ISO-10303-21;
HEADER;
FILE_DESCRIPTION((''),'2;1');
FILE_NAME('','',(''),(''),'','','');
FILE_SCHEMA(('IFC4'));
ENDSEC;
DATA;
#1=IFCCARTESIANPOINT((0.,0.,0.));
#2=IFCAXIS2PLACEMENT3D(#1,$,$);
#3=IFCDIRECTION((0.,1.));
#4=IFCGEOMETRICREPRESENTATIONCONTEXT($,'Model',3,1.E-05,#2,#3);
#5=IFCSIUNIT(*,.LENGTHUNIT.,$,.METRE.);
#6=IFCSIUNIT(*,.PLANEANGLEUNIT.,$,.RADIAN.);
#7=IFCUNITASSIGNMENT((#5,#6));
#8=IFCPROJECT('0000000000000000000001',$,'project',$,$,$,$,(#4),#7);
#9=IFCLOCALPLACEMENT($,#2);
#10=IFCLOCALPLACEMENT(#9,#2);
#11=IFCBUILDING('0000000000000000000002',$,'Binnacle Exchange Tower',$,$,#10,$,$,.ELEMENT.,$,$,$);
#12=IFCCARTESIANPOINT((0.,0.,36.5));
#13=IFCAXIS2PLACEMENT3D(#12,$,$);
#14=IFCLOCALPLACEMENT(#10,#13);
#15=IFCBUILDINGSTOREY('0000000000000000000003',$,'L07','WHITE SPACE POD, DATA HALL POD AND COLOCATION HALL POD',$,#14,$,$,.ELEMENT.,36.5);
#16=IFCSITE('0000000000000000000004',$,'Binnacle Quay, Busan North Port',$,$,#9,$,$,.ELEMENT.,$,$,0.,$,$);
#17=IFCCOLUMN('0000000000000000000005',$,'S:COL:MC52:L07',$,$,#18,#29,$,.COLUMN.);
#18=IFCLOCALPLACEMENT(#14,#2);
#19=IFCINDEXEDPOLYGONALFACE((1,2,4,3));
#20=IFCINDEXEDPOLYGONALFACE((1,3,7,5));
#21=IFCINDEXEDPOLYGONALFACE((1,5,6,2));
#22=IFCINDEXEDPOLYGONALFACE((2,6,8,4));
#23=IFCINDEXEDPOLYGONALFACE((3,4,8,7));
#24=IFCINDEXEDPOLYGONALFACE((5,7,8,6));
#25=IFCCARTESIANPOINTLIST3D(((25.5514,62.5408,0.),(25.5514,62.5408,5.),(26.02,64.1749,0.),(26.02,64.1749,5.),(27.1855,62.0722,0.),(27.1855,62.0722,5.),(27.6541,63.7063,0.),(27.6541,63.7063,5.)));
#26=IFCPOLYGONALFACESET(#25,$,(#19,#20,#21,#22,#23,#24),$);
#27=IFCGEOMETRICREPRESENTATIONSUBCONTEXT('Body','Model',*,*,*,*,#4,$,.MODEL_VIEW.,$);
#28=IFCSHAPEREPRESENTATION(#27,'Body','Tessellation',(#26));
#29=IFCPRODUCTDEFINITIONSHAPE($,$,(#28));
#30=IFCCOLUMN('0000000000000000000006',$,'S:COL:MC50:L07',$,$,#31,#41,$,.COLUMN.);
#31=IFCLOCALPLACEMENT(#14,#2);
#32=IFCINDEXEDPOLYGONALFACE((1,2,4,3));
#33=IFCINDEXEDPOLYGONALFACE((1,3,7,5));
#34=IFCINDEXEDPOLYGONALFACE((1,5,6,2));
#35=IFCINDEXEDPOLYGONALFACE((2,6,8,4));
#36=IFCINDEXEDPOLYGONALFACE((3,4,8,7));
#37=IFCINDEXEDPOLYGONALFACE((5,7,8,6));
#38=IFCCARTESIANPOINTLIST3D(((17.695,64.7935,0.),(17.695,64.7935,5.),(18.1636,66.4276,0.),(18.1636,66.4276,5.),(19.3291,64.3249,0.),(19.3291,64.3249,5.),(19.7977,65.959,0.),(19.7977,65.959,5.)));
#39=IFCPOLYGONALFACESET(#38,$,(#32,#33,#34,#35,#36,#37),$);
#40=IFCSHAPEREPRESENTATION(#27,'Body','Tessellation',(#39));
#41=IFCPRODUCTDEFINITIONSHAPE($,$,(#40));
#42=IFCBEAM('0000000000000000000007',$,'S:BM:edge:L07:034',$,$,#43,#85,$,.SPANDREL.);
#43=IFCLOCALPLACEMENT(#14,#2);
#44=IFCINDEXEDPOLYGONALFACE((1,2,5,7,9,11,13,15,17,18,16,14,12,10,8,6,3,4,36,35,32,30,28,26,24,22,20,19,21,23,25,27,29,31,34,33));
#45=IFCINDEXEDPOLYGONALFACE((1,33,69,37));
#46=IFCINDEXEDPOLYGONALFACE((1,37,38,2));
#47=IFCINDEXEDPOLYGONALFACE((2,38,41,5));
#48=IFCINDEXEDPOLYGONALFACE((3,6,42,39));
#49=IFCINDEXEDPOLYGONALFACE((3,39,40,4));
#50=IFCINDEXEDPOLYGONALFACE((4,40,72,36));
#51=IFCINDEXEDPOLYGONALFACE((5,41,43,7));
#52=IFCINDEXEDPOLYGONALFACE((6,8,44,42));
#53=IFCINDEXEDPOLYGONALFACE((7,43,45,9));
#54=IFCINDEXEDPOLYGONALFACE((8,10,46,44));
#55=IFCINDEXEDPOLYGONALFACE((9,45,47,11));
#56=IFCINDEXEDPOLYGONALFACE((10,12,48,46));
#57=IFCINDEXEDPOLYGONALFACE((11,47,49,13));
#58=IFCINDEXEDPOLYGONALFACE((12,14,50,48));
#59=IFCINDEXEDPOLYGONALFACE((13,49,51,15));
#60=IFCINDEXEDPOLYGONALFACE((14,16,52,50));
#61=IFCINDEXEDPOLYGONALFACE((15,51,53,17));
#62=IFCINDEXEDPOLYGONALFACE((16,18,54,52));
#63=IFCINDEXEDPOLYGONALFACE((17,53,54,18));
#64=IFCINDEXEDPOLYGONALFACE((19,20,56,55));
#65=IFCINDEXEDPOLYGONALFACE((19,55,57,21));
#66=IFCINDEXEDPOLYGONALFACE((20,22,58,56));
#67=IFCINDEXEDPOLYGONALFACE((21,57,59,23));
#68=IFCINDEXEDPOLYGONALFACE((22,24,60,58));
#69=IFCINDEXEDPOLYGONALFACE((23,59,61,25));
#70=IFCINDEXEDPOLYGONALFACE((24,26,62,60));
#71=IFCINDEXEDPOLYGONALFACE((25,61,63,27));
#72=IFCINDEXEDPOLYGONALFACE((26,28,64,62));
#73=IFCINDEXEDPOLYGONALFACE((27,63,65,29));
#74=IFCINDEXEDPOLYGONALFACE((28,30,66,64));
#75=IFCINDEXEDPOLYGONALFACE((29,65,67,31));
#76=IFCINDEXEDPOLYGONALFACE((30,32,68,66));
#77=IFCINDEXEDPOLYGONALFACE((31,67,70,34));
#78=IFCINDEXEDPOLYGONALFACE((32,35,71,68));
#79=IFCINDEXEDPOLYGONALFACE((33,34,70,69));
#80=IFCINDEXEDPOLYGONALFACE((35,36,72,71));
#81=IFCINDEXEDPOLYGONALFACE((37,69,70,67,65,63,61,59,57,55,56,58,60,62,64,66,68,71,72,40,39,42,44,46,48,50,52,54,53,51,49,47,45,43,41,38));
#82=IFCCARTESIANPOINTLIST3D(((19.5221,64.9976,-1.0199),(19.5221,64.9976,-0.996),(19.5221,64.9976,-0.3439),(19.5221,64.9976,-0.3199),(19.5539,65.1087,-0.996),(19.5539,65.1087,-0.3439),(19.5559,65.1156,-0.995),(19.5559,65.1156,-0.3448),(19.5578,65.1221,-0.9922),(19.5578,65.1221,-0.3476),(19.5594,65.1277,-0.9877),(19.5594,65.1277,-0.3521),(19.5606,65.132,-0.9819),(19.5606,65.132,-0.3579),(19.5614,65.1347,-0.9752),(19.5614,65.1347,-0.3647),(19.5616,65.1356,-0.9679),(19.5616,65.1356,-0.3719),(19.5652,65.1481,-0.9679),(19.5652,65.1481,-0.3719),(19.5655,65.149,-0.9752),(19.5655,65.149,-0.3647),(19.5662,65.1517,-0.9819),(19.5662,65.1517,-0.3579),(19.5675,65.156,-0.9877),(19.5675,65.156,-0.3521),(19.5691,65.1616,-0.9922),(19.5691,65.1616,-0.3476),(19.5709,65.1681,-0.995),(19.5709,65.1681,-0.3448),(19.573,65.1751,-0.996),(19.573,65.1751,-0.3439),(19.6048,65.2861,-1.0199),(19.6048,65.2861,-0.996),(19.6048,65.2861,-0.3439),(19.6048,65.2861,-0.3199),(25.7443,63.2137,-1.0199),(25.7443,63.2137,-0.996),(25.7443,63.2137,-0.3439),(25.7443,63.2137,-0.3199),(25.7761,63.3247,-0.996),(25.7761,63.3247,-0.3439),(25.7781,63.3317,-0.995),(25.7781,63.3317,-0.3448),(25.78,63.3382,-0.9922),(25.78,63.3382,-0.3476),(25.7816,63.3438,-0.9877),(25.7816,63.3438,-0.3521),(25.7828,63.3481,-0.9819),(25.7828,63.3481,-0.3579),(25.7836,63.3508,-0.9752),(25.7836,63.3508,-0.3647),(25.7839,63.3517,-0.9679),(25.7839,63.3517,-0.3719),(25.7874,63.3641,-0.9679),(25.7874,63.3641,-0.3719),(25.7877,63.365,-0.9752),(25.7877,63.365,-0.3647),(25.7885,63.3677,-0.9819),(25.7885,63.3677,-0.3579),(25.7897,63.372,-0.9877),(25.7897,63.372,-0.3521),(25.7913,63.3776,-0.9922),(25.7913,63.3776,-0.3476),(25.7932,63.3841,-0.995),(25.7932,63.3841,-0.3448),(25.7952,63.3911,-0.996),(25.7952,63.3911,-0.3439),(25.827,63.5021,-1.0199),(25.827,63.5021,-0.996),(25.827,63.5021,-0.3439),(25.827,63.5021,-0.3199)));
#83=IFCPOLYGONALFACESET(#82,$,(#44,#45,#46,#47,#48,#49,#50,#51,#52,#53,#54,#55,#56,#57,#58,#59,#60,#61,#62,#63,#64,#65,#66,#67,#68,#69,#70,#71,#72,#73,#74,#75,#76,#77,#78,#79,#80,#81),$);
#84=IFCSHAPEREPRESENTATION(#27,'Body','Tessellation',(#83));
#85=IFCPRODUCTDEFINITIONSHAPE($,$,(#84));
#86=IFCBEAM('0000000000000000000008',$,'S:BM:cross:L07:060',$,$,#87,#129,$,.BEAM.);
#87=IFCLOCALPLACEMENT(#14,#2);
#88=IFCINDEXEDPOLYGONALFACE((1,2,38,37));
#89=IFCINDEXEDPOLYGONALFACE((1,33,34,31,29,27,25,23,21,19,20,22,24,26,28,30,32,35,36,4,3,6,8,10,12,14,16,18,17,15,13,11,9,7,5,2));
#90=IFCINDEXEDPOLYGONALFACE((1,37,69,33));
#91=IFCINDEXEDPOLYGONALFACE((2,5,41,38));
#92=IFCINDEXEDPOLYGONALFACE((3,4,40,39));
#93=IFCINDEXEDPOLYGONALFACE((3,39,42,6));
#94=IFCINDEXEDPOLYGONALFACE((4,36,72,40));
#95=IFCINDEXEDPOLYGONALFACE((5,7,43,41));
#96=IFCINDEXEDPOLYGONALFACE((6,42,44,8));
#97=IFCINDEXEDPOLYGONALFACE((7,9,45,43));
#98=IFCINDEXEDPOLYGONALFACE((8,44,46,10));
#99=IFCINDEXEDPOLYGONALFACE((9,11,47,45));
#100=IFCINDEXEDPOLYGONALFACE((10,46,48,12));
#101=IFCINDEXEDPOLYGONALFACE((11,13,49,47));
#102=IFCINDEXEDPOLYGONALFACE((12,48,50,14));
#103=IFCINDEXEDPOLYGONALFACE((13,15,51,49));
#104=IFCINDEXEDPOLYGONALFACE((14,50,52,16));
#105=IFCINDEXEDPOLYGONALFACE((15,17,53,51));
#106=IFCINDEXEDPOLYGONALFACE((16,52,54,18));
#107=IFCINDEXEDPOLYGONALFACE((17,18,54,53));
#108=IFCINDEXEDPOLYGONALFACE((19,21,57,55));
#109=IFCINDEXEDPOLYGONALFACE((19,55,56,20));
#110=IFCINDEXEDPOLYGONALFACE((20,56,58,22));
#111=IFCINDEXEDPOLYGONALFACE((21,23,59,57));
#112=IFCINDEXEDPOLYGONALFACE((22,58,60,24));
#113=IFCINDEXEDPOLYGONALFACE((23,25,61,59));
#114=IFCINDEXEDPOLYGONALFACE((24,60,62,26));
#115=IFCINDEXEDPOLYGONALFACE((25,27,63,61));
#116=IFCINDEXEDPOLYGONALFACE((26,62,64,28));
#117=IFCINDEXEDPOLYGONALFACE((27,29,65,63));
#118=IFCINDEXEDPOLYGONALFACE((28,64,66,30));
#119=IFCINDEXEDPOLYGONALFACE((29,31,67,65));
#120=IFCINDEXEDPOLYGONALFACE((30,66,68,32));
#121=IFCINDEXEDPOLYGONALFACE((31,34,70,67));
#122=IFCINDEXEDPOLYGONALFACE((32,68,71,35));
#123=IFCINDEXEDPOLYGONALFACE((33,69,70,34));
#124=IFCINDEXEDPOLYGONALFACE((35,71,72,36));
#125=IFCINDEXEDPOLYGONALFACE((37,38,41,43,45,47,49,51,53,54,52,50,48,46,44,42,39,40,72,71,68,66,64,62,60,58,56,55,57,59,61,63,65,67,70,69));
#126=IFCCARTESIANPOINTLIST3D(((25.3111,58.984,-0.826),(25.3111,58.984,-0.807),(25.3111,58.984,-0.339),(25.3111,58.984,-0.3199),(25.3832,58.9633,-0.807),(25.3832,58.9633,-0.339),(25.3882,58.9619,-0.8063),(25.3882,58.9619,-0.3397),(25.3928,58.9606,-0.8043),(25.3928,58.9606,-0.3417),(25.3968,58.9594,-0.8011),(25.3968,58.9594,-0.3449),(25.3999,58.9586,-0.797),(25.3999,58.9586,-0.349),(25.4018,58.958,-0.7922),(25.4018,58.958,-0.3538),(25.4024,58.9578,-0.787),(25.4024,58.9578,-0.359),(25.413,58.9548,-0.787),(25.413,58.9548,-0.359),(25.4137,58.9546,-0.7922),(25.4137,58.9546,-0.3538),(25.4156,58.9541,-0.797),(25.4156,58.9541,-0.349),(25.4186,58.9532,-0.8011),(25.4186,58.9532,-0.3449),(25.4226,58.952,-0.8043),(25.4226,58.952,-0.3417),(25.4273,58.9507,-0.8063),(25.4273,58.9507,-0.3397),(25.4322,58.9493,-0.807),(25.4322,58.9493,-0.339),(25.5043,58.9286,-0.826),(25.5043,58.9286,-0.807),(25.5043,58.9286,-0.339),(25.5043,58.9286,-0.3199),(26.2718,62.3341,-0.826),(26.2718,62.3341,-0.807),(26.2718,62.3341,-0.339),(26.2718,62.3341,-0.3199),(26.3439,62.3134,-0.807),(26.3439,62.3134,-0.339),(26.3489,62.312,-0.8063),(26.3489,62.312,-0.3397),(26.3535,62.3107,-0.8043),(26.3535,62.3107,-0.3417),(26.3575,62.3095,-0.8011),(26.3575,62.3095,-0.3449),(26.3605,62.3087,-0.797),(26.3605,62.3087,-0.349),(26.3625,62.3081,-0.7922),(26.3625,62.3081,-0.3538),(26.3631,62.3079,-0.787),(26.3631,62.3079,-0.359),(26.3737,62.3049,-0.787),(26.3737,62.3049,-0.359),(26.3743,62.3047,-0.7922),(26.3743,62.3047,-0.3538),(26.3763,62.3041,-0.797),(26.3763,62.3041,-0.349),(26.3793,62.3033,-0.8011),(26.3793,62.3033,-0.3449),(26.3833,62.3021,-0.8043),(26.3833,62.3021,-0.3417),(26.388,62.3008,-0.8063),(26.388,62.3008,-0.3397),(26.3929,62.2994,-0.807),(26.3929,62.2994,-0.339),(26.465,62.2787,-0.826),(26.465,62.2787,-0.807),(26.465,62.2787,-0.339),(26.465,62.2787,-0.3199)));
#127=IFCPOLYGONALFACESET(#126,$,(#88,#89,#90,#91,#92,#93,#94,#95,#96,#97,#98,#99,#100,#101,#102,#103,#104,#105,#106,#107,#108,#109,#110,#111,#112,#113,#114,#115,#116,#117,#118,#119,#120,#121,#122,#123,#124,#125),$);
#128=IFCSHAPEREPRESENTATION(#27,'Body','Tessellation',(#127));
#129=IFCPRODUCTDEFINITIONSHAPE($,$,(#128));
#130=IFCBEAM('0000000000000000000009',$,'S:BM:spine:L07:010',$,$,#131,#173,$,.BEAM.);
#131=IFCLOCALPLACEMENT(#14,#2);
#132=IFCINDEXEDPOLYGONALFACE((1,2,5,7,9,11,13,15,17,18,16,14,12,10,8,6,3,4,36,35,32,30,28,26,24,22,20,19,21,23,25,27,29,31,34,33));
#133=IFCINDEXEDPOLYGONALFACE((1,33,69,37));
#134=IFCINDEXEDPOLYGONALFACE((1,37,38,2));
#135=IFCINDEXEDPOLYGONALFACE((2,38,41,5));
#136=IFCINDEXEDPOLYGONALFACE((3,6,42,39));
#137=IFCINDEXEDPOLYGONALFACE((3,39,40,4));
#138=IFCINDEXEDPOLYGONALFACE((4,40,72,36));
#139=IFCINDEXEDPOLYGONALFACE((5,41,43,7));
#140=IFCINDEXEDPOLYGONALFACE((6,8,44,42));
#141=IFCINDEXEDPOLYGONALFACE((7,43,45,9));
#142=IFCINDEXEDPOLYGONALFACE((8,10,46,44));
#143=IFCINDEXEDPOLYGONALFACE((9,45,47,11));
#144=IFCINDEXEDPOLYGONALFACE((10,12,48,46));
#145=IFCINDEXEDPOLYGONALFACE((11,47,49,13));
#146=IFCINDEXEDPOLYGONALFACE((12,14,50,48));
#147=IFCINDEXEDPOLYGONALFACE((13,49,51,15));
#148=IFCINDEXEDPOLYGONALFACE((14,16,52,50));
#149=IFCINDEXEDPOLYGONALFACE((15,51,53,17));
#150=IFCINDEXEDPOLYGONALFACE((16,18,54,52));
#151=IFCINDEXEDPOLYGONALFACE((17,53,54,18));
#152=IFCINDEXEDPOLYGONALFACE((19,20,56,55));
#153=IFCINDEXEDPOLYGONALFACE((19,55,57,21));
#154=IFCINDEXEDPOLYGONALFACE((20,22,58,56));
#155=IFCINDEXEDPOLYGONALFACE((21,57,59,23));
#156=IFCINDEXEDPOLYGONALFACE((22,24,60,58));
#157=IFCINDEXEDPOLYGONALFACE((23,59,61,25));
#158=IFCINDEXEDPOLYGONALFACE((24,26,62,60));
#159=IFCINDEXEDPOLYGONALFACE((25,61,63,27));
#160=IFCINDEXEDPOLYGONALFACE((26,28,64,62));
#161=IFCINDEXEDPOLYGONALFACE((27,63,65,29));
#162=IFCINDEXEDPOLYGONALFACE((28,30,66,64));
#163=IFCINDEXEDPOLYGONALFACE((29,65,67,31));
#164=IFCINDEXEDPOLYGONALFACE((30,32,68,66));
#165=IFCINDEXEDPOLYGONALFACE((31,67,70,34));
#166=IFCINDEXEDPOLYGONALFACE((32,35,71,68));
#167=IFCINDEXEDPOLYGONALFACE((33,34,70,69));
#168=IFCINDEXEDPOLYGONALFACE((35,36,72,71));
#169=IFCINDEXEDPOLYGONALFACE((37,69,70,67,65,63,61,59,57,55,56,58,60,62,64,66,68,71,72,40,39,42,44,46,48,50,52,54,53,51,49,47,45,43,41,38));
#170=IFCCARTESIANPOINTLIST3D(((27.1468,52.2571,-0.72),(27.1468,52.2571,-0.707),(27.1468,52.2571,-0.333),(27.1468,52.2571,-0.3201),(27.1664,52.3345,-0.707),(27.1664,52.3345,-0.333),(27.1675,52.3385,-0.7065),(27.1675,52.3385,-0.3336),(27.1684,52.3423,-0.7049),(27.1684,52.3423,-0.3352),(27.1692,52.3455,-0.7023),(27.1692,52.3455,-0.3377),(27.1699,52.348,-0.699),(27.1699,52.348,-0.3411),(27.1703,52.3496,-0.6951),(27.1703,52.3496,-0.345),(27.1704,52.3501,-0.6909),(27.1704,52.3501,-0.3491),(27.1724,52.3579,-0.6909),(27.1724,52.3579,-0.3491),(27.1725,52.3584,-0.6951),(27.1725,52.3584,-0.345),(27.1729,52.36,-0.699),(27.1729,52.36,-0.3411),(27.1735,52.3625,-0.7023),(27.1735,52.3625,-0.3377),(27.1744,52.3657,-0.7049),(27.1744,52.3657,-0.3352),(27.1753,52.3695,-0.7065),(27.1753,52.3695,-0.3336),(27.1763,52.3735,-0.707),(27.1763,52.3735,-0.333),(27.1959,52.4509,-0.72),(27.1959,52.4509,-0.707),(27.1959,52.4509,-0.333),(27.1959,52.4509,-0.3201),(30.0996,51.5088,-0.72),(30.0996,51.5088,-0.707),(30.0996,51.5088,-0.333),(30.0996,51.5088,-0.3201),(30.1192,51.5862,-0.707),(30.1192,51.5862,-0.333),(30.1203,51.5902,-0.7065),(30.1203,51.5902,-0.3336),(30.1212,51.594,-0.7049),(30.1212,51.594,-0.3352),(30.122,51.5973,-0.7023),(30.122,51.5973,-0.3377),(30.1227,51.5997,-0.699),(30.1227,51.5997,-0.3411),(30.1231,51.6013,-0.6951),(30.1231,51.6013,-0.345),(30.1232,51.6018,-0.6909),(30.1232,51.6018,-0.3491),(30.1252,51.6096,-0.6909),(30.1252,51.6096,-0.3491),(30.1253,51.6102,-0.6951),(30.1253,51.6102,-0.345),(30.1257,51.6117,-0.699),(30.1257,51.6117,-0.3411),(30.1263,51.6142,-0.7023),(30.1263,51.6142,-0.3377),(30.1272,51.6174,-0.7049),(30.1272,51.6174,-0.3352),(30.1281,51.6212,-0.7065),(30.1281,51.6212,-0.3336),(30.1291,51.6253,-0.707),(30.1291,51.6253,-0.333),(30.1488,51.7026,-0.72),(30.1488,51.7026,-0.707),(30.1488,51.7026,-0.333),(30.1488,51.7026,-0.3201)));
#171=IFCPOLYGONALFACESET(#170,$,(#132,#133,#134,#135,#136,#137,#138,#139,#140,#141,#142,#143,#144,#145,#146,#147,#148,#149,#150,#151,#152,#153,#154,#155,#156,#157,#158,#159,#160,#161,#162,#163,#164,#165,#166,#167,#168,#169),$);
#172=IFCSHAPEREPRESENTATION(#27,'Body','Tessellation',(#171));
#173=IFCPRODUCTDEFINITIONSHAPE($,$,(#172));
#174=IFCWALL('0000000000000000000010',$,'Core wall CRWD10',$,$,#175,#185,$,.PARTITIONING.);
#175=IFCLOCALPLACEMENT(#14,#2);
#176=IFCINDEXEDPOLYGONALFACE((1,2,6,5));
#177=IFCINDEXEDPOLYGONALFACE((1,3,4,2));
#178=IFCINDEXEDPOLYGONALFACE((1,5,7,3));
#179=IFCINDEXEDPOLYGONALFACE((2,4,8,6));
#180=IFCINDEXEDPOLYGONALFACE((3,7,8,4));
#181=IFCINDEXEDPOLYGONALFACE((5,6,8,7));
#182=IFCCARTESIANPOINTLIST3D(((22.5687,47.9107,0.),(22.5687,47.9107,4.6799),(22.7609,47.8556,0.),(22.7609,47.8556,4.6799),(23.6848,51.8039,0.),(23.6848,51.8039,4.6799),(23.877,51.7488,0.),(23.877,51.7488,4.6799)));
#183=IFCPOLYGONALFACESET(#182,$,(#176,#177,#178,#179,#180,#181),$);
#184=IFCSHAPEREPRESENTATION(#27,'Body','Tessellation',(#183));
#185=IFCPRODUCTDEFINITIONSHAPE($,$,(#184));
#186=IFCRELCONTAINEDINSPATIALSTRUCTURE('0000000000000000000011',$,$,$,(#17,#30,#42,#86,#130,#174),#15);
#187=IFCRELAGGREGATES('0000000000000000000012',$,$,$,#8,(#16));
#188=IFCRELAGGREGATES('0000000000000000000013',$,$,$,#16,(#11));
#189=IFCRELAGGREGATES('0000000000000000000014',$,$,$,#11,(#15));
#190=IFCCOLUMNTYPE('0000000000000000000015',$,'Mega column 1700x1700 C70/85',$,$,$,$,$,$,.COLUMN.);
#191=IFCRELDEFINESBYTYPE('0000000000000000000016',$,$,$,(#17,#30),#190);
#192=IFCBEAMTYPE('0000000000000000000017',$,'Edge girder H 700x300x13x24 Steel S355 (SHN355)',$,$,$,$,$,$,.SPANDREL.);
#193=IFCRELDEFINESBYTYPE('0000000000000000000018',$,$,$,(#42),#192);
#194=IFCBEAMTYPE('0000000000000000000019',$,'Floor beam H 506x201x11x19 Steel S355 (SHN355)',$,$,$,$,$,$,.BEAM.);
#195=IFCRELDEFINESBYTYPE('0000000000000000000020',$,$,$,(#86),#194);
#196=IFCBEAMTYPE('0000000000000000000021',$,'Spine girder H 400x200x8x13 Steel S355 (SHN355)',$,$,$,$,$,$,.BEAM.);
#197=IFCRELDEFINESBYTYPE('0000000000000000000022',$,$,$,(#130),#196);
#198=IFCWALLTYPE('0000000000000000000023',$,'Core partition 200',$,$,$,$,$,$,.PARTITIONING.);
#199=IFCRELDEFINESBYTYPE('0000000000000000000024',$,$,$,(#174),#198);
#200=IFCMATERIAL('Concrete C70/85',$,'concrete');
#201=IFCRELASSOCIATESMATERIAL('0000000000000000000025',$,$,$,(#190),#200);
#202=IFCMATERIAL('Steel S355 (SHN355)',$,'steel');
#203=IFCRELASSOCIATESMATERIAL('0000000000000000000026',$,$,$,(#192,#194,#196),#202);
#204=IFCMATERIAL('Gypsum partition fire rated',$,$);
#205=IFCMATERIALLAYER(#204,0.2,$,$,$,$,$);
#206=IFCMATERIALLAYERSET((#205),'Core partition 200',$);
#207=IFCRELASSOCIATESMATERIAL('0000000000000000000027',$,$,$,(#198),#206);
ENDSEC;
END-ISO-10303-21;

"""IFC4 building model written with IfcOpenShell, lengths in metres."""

from ifc_helpers import new_model, si_unit, direction, frame, frame_2d, origin, origin_2d, place, context, subcontext, project, spatial, rectangle, i_section, extrude, material, layer, layer_set, material_profile, profile_set, type_object, element, save


model = new_model("IFC4")

# Units and contexts
model_context = context("Model", 3, precision=1e-05, world=origin(), true_north=direction((0.0, 1.0)))
body_context = subcontext(model_context, "Body", "Model", "MODEL_VIEW")
ifc_project = project(units=[si_unit("LENGTHUNIT", "METRE"), si_unit("PLANEANGLEUNIT", "RADIAN")], contexts=[model_context])

# Site, building, storey
site_placement = place(None, origin())
site = spatial("IfcSite", under=ifc_project, at=site_placement, Name="Binnacle Quay, Busan North Port", CompositionType="ELEMENT", RefElevation=0.0)
building_placement = place(site_placement, origin())
building = spatial("IfcBuilding", under=site, at=building_placement, Name="Binnacle Exchange Tower", CompositionType="ELEMENT")
storey_placement = place(building_placement, frame((0.0, 0.0, 36.5)))
storey = spatial("IfcBuildingStorey", under=building, at=storey_placement, Name="L07", Description="WHITE SPACE POD, DATA HALL POD AND COLOCATION HALL POD", CompositionType="ELEMENT", Elevation=36.5)

# Columns
ifc_material_1 = material(Name="Concrete C70/85", Category="concrete")
ifc_material_profile_1 = material_profile(ifc_material_1, rectangle(XDim=1.7, YDim=1.7, at=origin_2d()), Name="Mega column 1700x1700 C70/85")
ifc_profile_set_1 = profile_set([ifc_material_profile_1], Name="Concrete C70/85")
column_type = type_object("IfcColumnType", Name="Mega column 1700x1700 C70/85", PredefinedType="COLUMN", material=ifc_profile_set_1)
for number, where, z_axis, x_axis, name in (
    (1, (26.6028, 63.1235, 0.0), (0.0, 0.0, 1.0), (-0.961262, 0.275637, 0.0), "S:COL:MC52:L07"),
    (2, (18.7463, 65.3762, 0.0), (0.0, 0.0, 1.0), (-0.961262, 0.275637, 0.0), "S:COL:MC50:L07"),
):
    element("IfcColumn", number, at=place(storey_placement, frame(where, z_axis=z_axis, x_axis=x_axis)), inside=storey, type_object=column_type, Name=name, PredefinedType="COLUMN", context=body_context, shape_type="SweptSolid", body=[
        extrude(rectangle(XDim=1.7, YDim=1.7, at=origin_2d()), origin(), (0.0, 0.0, 1.0), 5.0),
    ])

# Beams
ifc_material_2 = material(Name="Steel S355 (SHN355)", Category="steel")
ifc_material_profile_2 = material_profile(ifc_material_2, i_section(OverallWidth=0.3, OverallDepth=0.7, WebThickness=0.0129, FlangeThickness=0.0239, FilletRadius=0.0281, at=origin_2d()), Name="H 700x300x13x24")
ifc_profile_set_2 = profile_set([ifc_material_profile_2], Name="Steel S355 (SHN355)")
beam_type_1 = type_object("IfcBeamType", Name="Edge girder H 700x300x13x24 Steel S355 (SHN355)", PredefinedType="SPANDREL", material=ifc_profile_set_2)
beam_1_placement = place(storey_placement, frame((25.7856, 63.3579, -0.6699), z_axis=(-0.961272, 0.275603, 0.0), x_axis=(-0.275603, -0.961272, 0.0)))
element("IfcBeam", 3, at=beam_1_placement, inside=storey, type_object=beam_type_1, Name="S:BM:edge:L07:034", PredefinedType="SPANDREL", context=body_context, shape_type="SweptSolid", body=[
    extrude(i_section(OverallWidth=0.3, OverallDepth=0.7, WebThickness=0.0129, FlangeThickness=0.0239, FilletRadius=0.0281, at=origin_2d()), origin(), (0.0, 0.0, 1.0), 6.4729),
])
ifc_material_profile_3 = material_profile(ifc_material_2, i_section(OverallWidth=0.2009, OverallDepth=0.5061, WebThickness=0.011, FlangeThickness=0.019, FilletRadius=0.02, at=origin_2d()), Name="H 506x201x11x19")
ifc_profile_set_3 = profile_set([ifc_material_profile_3], Name="Steel S355 (SHN355)")
beam_type_2 = type_object("IfcBeamType", Name="Floor beam H 506x201x11x19 Steel S355 (SHN355)", PredefinedType="BEAM", material=ifc_profile_set_3)
beam_2_placement = place(storey_placement, frame((26.3684, 62.3064, -0.573), z_axis=(-0.275655, -0.961257, 0.0), x_axis=(0.961257, -0.275655, 0.0)))
element("IfcBeam", 4, at=beam_2_placement, inside=storey, type_object=beam_type_2, Name="S:BM:cross:L07:060", PredefinedType="BEAM", context=body_context, shape_type="SweptSolid", body=[
    extrude(i_section(OverallWidth=0.2009, OverallDepth=0.5061, WebThickness=0.011, FlangeThickness=0.019, FilletRadius=0.02, at=origin_2d()), origin(), (0.0, 0.0, 1.0), 3.4851),
])
ifc_material_profile_4 = material_profile(ifc_material_2, i_section(OverallWidth=0.2, OverallDepth=0.3999, WebThickness=0.0081, FlangeThickness=0.0129, FilletRadius=0.0161, at=origin_2d()), Name="H 400x200x8x13")
ifc_profile_set_4 = profile_set([ifc_material_profile_4], Name="Steel S355 (SHN355)")
beam_type_3 = type_object("IfcBeamType", Name="Spine girder H 400x200x8x13 Steel S355 (SHN355)", PredefinedType="BEAM", material=ifc_profile_set_4)
beam_3_placement = place(storey_placement, frame((27.1714, 52.354, -0.52), z_axis=(0.96936, -0.245646, 0.0), x_axis=(0.245646, 0.96936, 0.0)))
element("IfcBeam", 5, at=beam_3_placement, inside=storey, type_object=beam_type_3, Name="S:BM:spine:L07:010", PredefinedType="BEAM", context=body_context, shape_type="SweptSolid", body=[
    extrude(i_section(OverallWidth=0.2, OverallDepth=0.3999, WebThickness=0.0081, FlangeThickness=0.0129, FilletRadius=0.0161, at=origin_2d()), origin(), (0.0, 0.0, 1.0), 3.0461),
])

# Wall
ifc_material_3 = material(Name="Gypsum partition fire rated")
ifc_layer_1 = layer(ifc_material_3, 0.2)
ifc_layer_set_1 = layer_set([ifc_layer_1], Name="Core partition 200")
wall_type_1 = type_object("IfcWallType", Name="Core partition 200", PredefinedType="PARTITIONING", material=ifc_layer_set_1)
wall_1_placement = place(storey_placement, frame((22.6648, 47.8833, 0.0), z_axis=(0.0, 0.0, 1.0), x_axis=(0.275597, 0.961273, 0.0)))
element("IfcWall", 6, at=wall_1_placement, inside=storey, type_object=wall_type_1, Name="Core wall CRWD10", PredefinedType="PARTITIONING", context=body_context, shape_type="SweptSolid", body=[
    extrude(rectangle(XDim=4.05, YDim=0.2, at=frame_2d((2.0249, 0.0))), origin(), (0.0, 0.0, 1.0), 4.6799),
])

save(model, "model.ifc")
